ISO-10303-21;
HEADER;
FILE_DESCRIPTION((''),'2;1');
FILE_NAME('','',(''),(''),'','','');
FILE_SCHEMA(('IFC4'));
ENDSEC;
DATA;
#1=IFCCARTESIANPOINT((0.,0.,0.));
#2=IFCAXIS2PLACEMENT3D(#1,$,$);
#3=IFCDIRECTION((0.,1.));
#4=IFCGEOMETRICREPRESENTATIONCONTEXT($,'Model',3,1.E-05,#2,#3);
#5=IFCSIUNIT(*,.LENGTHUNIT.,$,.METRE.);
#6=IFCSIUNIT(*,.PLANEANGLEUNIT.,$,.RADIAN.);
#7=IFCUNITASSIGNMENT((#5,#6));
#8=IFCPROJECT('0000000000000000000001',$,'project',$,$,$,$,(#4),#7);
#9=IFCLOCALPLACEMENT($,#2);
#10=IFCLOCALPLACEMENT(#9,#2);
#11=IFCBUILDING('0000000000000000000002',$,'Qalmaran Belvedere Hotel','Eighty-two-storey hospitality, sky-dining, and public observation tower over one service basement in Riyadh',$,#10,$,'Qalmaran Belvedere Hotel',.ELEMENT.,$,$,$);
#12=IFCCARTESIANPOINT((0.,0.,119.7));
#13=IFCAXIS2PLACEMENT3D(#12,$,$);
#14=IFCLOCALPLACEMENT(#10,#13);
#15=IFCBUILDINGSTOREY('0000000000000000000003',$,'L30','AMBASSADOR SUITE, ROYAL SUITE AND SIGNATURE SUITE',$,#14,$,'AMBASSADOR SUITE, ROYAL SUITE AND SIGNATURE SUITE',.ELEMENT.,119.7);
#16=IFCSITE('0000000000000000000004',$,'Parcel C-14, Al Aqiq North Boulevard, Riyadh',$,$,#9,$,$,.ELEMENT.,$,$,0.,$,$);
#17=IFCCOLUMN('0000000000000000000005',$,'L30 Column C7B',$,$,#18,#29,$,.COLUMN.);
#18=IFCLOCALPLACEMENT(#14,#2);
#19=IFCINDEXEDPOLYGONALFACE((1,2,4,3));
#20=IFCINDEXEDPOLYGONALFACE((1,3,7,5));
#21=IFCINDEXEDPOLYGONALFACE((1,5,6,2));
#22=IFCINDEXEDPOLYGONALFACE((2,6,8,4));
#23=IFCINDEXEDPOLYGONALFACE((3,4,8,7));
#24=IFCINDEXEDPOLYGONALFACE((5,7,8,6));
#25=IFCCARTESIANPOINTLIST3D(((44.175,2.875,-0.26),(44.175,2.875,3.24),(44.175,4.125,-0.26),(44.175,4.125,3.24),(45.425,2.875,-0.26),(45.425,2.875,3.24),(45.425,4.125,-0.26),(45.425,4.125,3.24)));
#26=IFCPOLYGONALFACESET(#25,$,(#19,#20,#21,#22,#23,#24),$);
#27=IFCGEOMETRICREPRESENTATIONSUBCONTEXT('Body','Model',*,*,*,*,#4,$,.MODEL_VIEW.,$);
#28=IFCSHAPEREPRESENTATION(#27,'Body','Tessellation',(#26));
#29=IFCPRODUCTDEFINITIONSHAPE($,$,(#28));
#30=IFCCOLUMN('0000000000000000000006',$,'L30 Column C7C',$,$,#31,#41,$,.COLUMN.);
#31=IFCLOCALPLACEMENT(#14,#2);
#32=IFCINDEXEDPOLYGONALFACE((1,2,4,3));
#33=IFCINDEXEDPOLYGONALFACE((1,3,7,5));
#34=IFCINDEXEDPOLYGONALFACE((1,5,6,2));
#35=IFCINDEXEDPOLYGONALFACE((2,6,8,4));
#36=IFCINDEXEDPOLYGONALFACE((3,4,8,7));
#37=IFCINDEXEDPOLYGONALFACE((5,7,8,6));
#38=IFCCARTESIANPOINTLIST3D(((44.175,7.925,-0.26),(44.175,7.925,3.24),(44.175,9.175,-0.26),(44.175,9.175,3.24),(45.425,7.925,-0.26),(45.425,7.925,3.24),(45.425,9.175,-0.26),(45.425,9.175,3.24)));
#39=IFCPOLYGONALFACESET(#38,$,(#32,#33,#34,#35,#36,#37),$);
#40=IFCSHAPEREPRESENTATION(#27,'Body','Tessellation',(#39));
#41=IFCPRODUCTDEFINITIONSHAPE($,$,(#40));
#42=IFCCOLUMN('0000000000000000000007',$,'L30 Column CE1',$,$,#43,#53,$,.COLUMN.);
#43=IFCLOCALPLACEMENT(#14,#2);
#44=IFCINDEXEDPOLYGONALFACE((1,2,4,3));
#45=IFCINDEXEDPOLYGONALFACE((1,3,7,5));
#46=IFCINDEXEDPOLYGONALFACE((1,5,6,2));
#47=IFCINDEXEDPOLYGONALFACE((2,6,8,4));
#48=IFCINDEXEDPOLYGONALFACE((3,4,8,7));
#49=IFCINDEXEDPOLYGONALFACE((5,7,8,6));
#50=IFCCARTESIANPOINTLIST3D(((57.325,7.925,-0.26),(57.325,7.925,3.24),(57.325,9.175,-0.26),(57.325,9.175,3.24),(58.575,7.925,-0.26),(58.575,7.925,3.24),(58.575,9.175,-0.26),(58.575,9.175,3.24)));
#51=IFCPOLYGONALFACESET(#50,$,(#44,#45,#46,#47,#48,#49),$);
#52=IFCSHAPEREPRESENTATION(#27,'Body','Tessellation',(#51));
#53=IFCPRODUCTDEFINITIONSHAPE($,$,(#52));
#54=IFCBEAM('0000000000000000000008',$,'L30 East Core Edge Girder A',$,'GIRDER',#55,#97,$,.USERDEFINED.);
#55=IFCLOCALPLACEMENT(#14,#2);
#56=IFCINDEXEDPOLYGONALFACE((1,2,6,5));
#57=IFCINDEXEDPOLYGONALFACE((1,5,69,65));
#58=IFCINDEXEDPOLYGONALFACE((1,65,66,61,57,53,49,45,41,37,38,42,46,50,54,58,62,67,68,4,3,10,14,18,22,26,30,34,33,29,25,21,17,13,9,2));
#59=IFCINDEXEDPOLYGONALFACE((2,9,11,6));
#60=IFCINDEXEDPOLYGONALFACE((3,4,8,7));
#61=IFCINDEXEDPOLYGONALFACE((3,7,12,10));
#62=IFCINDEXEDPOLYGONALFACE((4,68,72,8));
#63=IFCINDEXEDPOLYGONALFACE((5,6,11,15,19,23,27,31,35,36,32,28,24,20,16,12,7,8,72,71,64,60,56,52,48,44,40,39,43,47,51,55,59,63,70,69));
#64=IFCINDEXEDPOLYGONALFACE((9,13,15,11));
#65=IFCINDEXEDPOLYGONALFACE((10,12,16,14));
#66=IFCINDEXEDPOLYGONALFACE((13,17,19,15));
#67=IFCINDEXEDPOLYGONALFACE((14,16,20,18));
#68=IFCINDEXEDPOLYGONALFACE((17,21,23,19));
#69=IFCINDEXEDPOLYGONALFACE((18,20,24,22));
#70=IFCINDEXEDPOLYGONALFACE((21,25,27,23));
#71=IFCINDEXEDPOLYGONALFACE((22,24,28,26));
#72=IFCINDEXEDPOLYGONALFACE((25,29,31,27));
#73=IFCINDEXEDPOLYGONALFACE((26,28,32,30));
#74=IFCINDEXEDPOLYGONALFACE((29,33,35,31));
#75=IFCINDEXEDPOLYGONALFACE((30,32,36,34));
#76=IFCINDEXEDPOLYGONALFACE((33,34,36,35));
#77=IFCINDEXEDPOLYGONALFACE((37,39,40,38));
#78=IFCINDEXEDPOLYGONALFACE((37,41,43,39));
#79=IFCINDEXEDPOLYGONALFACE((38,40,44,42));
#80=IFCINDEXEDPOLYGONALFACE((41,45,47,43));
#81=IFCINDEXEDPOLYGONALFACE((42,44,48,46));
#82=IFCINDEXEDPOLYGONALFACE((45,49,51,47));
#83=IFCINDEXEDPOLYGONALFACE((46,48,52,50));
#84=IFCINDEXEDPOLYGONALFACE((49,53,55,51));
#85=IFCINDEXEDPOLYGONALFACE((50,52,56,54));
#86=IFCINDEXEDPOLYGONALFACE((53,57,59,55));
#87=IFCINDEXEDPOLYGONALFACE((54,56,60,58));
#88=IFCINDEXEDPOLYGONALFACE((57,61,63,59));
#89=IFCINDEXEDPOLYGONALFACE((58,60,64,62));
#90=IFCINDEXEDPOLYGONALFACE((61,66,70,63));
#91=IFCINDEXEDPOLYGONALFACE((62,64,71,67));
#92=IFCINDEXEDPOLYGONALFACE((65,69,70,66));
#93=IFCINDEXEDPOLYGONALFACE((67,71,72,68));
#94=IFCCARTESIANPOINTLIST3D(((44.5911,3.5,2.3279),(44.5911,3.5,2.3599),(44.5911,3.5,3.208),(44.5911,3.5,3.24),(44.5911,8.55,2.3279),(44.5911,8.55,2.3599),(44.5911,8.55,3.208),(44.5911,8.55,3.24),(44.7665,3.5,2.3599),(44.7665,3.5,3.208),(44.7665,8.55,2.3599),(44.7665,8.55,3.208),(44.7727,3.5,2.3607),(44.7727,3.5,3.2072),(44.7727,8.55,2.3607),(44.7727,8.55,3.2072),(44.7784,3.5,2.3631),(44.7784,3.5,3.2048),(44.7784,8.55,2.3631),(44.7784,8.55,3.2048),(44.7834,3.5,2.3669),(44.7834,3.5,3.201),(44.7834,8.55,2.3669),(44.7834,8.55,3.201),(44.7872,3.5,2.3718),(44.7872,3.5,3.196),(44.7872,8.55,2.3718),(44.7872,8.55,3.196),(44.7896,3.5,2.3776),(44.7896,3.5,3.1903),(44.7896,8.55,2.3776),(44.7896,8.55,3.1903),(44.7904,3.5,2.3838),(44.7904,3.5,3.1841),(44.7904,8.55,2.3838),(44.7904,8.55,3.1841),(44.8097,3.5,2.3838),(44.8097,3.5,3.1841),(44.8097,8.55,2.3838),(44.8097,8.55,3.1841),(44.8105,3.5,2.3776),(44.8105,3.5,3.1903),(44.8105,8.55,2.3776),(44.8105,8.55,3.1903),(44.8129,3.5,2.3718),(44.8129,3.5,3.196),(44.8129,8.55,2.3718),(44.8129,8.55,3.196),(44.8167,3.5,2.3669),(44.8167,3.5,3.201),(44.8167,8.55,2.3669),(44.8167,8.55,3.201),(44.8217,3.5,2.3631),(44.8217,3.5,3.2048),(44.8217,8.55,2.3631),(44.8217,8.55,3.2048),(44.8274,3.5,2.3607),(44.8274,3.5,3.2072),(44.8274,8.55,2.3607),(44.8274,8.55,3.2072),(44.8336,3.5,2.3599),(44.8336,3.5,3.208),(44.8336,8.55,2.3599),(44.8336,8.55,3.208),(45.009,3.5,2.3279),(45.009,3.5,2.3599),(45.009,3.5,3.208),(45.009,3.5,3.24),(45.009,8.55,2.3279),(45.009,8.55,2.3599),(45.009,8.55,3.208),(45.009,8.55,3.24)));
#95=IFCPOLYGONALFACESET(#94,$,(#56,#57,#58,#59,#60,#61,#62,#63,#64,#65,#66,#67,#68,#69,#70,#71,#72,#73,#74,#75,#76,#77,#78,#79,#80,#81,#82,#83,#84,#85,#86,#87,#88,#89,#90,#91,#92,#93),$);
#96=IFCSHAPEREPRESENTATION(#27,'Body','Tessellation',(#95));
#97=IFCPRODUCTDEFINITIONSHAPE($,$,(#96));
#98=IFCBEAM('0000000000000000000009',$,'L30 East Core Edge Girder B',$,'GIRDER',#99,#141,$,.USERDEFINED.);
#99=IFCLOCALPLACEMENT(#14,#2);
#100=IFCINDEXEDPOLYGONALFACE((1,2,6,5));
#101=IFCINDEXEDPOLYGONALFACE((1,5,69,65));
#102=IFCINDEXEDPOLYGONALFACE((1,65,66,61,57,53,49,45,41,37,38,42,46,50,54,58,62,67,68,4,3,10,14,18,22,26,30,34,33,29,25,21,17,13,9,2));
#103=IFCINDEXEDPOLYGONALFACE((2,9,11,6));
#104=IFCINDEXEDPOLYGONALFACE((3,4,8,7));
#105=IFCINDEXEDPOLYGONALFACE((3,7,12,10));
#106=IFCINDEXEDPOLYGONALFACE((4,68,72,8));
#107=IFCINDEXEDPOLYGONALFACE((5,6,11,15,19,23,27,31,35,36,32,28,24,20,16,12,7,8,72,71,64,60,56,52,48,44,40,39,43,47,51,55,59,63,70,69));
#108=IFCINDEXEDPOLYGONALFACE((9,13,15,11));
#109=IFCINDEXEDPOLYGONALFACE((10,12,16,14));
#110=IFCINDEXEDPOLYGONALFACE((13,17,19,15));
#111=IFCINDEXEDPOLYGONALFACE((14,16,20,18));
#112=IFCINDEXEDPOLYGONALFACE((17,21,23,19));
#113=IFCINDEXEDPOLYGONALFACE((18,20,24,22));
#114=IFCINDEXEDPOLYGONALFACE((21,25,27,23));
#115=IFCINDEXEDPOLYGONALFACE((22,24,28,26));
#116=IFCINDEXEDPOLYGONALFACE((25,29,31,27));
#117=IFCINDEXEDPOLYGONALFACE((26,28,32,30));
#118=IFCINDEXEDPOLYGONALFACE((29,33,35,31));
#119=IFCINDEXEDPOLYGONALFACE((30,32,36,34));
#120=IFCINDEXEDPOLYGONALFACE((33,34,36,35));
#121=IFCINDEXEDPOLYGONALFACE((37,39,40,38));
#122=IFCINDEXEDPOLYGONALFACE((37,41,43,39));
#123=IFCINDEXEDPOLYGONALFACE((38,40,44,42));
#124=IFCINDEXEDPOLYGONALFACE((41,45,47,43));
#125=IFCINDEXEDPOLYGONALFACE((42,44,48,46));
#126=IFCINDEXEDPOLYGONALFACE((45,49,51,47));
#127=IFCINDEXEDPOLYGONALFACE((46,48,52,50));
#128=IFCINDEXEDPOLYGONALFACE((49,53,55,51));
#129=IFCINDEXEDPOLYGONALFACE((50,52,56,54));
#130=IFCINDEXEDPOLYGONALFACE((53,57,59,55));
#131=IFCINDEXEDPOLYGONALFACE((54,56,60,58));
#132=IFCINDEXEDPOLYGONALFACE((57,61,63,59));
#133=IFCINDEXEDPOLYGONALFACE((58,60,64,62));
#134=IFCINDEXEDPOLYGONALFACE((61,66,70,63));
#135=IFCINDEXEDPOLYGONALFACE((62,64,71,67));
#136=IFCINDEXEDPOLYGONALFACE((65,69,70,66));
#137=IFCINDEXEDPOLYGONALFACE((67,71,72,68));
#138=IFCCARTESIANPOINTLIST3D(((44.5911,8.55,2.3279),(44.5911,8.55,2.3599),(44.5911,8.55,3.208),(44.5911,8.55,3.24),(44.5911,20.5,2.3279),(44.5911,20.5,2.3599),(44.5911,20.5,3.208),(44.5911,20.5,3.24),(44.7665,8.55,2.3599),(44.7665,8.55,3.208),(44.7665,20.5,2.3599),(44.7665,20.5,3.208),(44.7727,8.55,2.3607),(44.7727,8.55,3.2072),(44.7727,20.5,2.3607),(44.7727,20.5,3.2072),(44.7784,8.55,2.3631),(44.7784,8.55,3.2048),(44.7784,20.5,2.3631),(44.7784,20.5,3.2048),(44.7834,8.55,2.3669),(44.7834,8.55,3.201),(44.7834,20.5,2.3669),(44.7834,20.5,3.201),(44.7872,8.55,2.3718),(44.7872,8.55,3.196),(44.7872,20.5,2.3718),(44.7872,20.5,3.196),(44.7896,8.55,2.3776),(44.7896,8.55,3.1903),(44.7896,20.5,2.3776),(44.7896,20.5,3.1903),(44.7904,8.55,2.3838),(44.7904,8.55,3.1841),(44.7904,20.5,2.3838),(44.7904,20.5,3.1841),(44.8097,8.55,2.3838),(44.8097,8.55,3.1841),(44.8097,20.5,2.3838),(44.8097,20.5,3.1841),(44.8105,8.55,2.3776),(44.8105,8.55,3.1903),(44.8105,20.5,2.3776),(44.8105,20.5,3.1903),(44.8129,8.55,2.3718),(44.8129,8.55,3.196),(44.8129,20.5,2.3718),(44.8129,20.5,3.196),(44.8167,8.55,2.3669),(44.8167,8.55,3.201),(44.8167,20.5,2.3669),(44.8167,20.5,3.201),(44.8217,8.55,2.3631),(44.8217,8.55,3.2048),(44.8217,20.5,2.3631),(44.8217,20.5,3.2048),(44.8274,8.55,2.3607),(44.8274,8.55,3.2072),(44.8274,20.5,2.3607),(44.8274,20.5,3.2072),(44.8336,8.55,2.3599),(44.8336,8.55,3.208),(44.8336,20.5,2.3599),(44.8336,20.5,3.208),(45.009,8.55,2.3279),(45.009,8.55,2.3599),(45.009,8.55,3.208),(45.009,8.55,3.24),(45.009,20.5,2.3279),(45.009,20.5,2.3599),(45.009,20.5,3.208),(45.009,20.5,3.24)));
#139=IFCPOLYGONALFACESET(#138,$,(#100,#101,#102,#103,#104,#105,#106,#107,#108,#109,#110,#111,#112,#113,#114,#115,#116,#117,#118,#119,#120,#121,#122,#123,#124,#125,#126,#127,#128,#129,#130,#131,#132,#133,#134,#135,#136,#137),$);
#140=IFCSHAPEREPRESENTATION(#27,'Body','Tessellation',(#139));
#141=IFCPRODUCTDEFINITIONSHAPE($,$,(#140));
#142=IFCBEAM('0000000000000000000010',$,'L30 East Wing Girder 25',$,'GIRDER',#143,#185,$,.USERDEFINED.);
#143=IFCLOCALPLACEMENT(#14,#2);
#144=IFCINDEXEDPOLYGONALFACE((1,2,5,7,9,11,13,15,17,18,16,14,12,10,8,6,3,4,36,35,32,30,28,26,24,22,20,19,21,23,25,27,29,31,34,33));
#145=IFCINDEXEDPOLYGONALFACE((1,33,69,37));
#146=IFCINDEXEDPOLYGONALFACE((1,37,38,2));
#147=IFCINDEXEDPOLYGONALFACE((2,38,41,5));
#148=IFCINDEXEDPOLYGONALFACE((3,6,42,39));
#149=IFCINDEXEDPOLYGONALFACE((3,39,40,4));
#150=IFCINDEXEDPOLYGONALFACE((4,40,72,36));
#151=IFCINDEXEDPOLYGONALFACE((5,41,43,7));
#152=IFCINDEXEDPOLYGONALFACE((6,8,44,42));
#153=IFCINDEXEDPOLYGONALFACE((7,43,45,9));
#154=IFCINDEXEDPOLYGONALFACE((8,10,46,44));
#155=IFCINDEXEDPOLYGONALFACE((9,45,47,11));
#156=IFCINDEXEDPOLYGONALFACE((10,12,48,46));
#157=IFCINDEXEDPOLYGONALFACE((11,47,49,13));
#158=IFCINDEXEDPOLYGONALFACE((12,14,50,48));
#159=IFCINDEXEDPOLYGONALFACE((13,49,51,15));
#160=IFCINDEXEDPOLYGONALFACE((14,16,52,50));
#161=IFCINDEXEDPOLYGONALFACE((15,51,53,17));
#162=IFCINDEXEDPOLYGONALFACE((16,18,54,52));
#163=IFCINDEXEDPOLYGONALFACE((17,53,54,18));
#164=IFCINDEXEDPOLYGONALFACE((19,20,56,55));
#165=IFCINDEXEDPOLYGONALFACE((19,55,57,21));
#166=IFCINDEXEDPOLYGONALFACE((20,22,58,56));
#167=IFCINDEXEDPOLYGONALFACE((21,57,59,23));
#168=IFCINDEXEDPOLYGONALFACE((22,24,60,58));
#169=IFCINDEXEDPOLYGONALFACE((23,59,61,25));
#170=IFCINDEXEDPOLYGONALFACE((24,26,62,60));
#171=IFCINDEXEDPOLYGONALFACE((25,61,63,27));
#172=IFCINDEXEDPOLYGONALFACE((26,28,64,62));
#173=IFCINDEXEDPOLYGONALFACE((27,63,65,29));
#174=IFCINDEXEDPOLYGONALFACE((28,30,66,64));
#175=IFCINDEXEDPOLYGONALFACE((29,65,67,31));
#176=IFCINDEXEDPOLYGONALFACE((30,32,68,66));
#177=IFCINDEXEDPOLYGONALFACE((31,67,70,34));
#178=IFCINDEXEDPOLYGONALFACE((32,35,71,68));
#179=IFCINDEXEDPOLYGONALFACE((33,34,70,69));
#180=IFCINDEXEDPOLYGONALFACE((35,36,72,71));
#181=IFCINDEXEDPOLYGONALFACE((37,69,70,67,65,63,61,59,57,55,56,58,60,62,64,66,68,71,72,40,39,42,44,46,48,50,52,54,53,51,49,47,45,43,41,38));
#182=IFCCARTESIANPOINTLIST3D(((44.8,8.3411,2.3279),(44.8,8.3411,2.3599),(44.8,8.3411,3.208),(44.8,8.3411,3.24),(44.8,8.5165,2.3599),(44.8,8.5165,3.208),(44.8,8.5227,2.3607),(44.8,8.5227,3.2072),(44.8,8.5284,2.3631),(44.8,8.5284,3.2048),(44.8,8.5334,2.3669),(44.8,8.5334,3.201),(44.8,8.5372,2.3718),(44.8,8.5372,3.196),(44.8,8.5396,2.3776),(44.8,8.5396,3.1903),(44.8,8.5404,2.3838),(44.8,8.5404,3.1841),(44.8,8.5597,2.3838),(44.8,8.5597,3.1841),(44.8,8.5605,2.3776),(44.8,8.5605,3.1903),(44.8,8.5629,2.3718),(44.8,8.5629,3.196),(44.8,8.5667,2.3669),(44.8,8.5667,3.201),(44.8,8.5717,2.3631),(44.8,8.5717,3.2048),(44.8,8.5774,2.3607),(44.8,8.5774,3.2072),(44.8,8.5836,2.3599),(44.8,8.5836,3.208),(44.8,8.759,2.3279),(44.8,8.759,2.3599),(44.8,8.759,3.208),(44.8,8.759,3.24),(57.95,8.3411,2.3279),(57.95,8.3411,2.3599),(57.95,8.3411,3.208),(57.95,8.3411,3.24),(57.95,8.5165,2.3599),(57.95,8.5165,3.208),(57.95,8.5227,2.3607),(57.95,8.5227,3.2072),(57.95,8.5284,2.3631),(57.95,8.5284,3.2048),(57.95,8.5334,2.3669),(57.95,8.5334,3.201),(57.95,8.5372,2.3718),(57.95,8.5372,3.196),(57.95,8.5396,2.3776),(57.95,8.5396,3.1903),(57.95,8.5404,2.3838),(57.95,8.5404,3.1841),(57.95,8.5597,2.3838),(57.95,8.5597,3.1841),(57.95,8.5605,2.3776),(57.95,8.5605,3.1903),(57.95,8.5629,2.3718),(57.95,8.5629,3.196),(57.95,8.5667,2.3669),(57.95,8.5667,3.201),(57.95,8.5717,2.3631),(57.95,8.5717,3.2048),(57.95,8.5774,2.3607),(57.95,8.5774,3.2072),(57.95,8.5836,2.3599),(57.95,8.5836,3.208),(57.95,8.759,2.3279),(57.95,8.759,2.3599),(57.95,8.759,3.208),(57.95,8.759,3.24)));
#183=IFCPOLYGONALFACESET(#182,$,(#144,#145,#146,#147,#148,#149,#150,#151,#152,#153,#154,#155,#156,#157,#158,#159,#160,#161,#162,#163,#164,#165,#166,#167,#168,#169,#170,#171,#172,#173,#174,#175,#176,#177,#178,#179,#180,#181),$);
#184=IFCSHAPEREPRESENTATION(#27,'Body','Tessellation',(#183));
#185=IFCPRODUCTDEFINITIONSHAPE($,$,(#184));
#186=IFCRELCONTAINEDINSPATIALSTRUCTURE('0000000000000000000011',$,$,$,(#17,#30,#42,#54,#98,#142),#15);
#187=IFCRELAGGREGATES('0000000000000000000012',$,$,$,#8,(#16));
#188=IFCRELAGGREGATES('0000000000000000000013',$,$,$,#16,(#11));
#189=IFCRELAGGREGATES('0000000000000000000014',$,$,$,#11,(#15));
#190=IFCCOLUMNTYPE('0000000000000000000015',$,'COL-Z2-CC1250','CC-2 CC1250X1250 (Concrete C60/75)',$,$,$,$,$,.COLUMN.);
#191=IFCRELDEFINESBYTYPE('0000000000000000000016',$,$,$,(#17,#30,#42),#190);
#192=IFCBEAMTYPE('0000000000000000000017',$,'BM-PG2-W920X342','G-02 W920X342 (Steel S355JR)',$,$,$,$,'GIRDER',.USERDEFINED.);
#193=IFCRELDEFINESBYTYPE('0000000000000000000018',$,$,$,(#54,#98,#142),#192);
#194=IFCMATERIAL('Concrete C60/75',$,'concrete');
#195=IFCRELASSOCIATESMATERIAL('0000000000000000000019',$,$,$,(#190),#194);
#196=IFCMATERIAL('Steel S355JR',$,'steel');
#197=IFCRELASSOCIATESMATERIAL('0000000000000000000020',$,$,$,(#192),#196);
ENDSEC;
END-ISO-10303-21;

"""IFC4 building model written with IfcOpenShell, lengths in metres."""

from ifc_helpers import new_model, si_unit, direction, frame, origin, origin_2d, place, context, subcontext, project, spatial, rectangle, i_section, extrude, material, material_profile, profile_set, type_object, element, save


model = new_model("IFC4")

# Units and contexts
model_context = context("Model", 3, precision=1e-05, world=origin(), true_north=direction((0.0, 1.0)))
body_context = subcontext(model_context, "Body", "Model", "MODEL_VIEW")
ifc_project = project(units=[si_unit("LENGTHUNIT", "METRE"), si_unit("PLANEANGLEUNIT", "RADIAN")], contexts=[model_context])

# Site, building, storey
site_placement = place(None, origin())
site = spatial("IfcSite", under=ifc_project, at=site_placement, Name="Parcel C-14, Al Aqiq North Boulevard, Riyadh", CompositionType="ELEMENT", RefElevation=0.0)
building_placement = place(site_placement, origin())
building = spatial("IfcBuilding", under=site, at=building_placement, Name="Qalmaran Belvedere Hotel", Description="Eighty-two-storey hospitality, sky-dining, and public observation tower over one service basement in Riyadh", LongName="Qalmaran Belvedere Hotel", CompositionType="ELEMENT")
storey_placement = place(building_placement, frame((0.0, 0.0, 119.7)))
storey = spatial("IfcBuildingStorey", under=building, at=storey_placement, Name="L30", Description="AMBASSADOR SUITE, ROYAL SUITE AND SIGNATURE SUITE", LongName="AMBASSADOR SUITE, ROYAL SUITE AND SIGNATURE SUITE", CompositionType="ELEMENT", Elevation=119.7)

# Columns
ifc_material_1 = material(Name="Concrete C60/75", Category="concrete")
ifc_material_profile_1 = material_profile(ifc_material_1, rectangle(XDim=1.25, YDim=1.25, at=origin_2d()), Name="CC1250X1250")
ifc_profile_set_1 = profile_set([ifc_material_profile_1], Name="Concrete C60/75")
column_type = type_object("IfcColumnType", Name="COL-Z2-CC1250", Description="CC-2 CC1250X1250 (Concrete C60/75)", PredefinedType="COLUMN", material=ifc_profile_set_1)
for number, where, z_axis, x_axis, name in (
    (1, (44.8, 3.5, -0.26), (0.0, 0.0, 1.0), (1.0, 0.0, 0.0), "L30 Column C7B"),
    (2, (44.8, 8.55, -0.26), (0.0, 0.0, 1.0), (1.0, 0.0, 0.0), "L30 Column C7C"),
    (3, (57.95, 8.55, -0.26), (0.0, 0.0, 1.0), (1.0, 0.0, 0.0), "L30 Column CE1"),
):
    element("IfcColumn", number, at=place(storey_placement, frame(where, z_axis=z_axis, x_axis=x_axis)), inside=storey, type_object=column_type, Name=name, PredefinedType="COLUMN", context=body_context, shape_type="SweptSolid", body=[
        extrude(rectangle(XDim=1.25, YDim=1.25, at=origin_2d()), origin(), (0.0, 0.0, 1.0), 3.5),
    ])

# Beams
ifc_material_2 = material(Name="Steel S355JR", Category="steel")
ifc_material_profile_2 = material_profile(ifc_material_2, i_section(OverallWidth=0.418, OverallDepth=0.9121, WebThickness=0.0193, FlangeThickness=0.032, FilletRadius=0.0239, at=origin_2d()), Name="W920X342")
ifc_profile_set_2 = profile_set([ifc_material_profile_2], Name="Steel S355JR")
beam_type_1 = type_object("IfcBeamType", Name="BM-PG2-W920X342", Description="G-02 W920X342 (Steel S355JR)", ElementType="GIRDER", PredefinedType="USERDEFINED", material=ifc_profile_set_2)
beam_1_placement = place(storey_placement, frame((44.8, 3.5, 2.7839), z_axis=(0.0, 1.0, 0.0), x_axis=(-1.0, 0.0, 0.0)))
element("IfcBeam", 4, at=beam_1_placement, inside=storey, type_object=beam_type_1, Name="L30 East Core Edge Girder A", ObjectType="GIRDER", PredefinedType="USERDEFINED", context=body_context, shape_type="SweptSolid", body=[
    extrude(i_section(OverallWidth=0.418, OverallDepth=0.9121, WebThickness=0.0193, FlangeThickness=0.032, FilletRadius=0.0239, at=origin_2d()), origin(), (0.0, 0.0, 1.0), 5.05),
])
beam_2_placement = place(storey_placement, frame((44.8, 8.55, 2.7839), z_axis=(0.0, 1.0, 0.0), x_axis=(-1.0, 0.0, 0.0)))
element("IfcBeam", 5, at=beam_2_placement, inside=storey, type_object=beam_type_1, Name="L30 East Core Edge Girder B", ObjectType="GIRDER", PredefinedType="USERDEFINED", context=body_context, shape_type="SweptSolid", body=[
    extrude(i_section(OverallWidth=0.418, OverallDepth=0.9121, WebThickness=0.0193, FlangeThickness=0.032, FilletRadius=0.0239, at=origin_2d()), origin(), (0.0, 0.0, 1.0), 11.95),
])
beam_3_placement = place(storey_placement, frame((44.8, 8.55, 2.7839), z_axis=(1.0, 0.0, 0.0), x_axis=(0.0, 1.0, 0.0)))
element("IfcBeam", 6, at=beam_3_placement, inside=storey, type_object=beam_type_1, Name="L30 East Wing Girder 25", ObjectType="GIRDER", PredefinedType="USERDEFINED", context=body_context, shape_type="SweptSolid", body=[
    extrude(i_section(OverallWidth=0.418, OverallDepth=0.9121, WebThickness=0.0193, FlangeThickness=0.032, FilletRadius=0.0239, at=origin_2d()), origin(), (0.0, 0.0, 1.0), 13.1499),
])

save(model, "model.ifc")
